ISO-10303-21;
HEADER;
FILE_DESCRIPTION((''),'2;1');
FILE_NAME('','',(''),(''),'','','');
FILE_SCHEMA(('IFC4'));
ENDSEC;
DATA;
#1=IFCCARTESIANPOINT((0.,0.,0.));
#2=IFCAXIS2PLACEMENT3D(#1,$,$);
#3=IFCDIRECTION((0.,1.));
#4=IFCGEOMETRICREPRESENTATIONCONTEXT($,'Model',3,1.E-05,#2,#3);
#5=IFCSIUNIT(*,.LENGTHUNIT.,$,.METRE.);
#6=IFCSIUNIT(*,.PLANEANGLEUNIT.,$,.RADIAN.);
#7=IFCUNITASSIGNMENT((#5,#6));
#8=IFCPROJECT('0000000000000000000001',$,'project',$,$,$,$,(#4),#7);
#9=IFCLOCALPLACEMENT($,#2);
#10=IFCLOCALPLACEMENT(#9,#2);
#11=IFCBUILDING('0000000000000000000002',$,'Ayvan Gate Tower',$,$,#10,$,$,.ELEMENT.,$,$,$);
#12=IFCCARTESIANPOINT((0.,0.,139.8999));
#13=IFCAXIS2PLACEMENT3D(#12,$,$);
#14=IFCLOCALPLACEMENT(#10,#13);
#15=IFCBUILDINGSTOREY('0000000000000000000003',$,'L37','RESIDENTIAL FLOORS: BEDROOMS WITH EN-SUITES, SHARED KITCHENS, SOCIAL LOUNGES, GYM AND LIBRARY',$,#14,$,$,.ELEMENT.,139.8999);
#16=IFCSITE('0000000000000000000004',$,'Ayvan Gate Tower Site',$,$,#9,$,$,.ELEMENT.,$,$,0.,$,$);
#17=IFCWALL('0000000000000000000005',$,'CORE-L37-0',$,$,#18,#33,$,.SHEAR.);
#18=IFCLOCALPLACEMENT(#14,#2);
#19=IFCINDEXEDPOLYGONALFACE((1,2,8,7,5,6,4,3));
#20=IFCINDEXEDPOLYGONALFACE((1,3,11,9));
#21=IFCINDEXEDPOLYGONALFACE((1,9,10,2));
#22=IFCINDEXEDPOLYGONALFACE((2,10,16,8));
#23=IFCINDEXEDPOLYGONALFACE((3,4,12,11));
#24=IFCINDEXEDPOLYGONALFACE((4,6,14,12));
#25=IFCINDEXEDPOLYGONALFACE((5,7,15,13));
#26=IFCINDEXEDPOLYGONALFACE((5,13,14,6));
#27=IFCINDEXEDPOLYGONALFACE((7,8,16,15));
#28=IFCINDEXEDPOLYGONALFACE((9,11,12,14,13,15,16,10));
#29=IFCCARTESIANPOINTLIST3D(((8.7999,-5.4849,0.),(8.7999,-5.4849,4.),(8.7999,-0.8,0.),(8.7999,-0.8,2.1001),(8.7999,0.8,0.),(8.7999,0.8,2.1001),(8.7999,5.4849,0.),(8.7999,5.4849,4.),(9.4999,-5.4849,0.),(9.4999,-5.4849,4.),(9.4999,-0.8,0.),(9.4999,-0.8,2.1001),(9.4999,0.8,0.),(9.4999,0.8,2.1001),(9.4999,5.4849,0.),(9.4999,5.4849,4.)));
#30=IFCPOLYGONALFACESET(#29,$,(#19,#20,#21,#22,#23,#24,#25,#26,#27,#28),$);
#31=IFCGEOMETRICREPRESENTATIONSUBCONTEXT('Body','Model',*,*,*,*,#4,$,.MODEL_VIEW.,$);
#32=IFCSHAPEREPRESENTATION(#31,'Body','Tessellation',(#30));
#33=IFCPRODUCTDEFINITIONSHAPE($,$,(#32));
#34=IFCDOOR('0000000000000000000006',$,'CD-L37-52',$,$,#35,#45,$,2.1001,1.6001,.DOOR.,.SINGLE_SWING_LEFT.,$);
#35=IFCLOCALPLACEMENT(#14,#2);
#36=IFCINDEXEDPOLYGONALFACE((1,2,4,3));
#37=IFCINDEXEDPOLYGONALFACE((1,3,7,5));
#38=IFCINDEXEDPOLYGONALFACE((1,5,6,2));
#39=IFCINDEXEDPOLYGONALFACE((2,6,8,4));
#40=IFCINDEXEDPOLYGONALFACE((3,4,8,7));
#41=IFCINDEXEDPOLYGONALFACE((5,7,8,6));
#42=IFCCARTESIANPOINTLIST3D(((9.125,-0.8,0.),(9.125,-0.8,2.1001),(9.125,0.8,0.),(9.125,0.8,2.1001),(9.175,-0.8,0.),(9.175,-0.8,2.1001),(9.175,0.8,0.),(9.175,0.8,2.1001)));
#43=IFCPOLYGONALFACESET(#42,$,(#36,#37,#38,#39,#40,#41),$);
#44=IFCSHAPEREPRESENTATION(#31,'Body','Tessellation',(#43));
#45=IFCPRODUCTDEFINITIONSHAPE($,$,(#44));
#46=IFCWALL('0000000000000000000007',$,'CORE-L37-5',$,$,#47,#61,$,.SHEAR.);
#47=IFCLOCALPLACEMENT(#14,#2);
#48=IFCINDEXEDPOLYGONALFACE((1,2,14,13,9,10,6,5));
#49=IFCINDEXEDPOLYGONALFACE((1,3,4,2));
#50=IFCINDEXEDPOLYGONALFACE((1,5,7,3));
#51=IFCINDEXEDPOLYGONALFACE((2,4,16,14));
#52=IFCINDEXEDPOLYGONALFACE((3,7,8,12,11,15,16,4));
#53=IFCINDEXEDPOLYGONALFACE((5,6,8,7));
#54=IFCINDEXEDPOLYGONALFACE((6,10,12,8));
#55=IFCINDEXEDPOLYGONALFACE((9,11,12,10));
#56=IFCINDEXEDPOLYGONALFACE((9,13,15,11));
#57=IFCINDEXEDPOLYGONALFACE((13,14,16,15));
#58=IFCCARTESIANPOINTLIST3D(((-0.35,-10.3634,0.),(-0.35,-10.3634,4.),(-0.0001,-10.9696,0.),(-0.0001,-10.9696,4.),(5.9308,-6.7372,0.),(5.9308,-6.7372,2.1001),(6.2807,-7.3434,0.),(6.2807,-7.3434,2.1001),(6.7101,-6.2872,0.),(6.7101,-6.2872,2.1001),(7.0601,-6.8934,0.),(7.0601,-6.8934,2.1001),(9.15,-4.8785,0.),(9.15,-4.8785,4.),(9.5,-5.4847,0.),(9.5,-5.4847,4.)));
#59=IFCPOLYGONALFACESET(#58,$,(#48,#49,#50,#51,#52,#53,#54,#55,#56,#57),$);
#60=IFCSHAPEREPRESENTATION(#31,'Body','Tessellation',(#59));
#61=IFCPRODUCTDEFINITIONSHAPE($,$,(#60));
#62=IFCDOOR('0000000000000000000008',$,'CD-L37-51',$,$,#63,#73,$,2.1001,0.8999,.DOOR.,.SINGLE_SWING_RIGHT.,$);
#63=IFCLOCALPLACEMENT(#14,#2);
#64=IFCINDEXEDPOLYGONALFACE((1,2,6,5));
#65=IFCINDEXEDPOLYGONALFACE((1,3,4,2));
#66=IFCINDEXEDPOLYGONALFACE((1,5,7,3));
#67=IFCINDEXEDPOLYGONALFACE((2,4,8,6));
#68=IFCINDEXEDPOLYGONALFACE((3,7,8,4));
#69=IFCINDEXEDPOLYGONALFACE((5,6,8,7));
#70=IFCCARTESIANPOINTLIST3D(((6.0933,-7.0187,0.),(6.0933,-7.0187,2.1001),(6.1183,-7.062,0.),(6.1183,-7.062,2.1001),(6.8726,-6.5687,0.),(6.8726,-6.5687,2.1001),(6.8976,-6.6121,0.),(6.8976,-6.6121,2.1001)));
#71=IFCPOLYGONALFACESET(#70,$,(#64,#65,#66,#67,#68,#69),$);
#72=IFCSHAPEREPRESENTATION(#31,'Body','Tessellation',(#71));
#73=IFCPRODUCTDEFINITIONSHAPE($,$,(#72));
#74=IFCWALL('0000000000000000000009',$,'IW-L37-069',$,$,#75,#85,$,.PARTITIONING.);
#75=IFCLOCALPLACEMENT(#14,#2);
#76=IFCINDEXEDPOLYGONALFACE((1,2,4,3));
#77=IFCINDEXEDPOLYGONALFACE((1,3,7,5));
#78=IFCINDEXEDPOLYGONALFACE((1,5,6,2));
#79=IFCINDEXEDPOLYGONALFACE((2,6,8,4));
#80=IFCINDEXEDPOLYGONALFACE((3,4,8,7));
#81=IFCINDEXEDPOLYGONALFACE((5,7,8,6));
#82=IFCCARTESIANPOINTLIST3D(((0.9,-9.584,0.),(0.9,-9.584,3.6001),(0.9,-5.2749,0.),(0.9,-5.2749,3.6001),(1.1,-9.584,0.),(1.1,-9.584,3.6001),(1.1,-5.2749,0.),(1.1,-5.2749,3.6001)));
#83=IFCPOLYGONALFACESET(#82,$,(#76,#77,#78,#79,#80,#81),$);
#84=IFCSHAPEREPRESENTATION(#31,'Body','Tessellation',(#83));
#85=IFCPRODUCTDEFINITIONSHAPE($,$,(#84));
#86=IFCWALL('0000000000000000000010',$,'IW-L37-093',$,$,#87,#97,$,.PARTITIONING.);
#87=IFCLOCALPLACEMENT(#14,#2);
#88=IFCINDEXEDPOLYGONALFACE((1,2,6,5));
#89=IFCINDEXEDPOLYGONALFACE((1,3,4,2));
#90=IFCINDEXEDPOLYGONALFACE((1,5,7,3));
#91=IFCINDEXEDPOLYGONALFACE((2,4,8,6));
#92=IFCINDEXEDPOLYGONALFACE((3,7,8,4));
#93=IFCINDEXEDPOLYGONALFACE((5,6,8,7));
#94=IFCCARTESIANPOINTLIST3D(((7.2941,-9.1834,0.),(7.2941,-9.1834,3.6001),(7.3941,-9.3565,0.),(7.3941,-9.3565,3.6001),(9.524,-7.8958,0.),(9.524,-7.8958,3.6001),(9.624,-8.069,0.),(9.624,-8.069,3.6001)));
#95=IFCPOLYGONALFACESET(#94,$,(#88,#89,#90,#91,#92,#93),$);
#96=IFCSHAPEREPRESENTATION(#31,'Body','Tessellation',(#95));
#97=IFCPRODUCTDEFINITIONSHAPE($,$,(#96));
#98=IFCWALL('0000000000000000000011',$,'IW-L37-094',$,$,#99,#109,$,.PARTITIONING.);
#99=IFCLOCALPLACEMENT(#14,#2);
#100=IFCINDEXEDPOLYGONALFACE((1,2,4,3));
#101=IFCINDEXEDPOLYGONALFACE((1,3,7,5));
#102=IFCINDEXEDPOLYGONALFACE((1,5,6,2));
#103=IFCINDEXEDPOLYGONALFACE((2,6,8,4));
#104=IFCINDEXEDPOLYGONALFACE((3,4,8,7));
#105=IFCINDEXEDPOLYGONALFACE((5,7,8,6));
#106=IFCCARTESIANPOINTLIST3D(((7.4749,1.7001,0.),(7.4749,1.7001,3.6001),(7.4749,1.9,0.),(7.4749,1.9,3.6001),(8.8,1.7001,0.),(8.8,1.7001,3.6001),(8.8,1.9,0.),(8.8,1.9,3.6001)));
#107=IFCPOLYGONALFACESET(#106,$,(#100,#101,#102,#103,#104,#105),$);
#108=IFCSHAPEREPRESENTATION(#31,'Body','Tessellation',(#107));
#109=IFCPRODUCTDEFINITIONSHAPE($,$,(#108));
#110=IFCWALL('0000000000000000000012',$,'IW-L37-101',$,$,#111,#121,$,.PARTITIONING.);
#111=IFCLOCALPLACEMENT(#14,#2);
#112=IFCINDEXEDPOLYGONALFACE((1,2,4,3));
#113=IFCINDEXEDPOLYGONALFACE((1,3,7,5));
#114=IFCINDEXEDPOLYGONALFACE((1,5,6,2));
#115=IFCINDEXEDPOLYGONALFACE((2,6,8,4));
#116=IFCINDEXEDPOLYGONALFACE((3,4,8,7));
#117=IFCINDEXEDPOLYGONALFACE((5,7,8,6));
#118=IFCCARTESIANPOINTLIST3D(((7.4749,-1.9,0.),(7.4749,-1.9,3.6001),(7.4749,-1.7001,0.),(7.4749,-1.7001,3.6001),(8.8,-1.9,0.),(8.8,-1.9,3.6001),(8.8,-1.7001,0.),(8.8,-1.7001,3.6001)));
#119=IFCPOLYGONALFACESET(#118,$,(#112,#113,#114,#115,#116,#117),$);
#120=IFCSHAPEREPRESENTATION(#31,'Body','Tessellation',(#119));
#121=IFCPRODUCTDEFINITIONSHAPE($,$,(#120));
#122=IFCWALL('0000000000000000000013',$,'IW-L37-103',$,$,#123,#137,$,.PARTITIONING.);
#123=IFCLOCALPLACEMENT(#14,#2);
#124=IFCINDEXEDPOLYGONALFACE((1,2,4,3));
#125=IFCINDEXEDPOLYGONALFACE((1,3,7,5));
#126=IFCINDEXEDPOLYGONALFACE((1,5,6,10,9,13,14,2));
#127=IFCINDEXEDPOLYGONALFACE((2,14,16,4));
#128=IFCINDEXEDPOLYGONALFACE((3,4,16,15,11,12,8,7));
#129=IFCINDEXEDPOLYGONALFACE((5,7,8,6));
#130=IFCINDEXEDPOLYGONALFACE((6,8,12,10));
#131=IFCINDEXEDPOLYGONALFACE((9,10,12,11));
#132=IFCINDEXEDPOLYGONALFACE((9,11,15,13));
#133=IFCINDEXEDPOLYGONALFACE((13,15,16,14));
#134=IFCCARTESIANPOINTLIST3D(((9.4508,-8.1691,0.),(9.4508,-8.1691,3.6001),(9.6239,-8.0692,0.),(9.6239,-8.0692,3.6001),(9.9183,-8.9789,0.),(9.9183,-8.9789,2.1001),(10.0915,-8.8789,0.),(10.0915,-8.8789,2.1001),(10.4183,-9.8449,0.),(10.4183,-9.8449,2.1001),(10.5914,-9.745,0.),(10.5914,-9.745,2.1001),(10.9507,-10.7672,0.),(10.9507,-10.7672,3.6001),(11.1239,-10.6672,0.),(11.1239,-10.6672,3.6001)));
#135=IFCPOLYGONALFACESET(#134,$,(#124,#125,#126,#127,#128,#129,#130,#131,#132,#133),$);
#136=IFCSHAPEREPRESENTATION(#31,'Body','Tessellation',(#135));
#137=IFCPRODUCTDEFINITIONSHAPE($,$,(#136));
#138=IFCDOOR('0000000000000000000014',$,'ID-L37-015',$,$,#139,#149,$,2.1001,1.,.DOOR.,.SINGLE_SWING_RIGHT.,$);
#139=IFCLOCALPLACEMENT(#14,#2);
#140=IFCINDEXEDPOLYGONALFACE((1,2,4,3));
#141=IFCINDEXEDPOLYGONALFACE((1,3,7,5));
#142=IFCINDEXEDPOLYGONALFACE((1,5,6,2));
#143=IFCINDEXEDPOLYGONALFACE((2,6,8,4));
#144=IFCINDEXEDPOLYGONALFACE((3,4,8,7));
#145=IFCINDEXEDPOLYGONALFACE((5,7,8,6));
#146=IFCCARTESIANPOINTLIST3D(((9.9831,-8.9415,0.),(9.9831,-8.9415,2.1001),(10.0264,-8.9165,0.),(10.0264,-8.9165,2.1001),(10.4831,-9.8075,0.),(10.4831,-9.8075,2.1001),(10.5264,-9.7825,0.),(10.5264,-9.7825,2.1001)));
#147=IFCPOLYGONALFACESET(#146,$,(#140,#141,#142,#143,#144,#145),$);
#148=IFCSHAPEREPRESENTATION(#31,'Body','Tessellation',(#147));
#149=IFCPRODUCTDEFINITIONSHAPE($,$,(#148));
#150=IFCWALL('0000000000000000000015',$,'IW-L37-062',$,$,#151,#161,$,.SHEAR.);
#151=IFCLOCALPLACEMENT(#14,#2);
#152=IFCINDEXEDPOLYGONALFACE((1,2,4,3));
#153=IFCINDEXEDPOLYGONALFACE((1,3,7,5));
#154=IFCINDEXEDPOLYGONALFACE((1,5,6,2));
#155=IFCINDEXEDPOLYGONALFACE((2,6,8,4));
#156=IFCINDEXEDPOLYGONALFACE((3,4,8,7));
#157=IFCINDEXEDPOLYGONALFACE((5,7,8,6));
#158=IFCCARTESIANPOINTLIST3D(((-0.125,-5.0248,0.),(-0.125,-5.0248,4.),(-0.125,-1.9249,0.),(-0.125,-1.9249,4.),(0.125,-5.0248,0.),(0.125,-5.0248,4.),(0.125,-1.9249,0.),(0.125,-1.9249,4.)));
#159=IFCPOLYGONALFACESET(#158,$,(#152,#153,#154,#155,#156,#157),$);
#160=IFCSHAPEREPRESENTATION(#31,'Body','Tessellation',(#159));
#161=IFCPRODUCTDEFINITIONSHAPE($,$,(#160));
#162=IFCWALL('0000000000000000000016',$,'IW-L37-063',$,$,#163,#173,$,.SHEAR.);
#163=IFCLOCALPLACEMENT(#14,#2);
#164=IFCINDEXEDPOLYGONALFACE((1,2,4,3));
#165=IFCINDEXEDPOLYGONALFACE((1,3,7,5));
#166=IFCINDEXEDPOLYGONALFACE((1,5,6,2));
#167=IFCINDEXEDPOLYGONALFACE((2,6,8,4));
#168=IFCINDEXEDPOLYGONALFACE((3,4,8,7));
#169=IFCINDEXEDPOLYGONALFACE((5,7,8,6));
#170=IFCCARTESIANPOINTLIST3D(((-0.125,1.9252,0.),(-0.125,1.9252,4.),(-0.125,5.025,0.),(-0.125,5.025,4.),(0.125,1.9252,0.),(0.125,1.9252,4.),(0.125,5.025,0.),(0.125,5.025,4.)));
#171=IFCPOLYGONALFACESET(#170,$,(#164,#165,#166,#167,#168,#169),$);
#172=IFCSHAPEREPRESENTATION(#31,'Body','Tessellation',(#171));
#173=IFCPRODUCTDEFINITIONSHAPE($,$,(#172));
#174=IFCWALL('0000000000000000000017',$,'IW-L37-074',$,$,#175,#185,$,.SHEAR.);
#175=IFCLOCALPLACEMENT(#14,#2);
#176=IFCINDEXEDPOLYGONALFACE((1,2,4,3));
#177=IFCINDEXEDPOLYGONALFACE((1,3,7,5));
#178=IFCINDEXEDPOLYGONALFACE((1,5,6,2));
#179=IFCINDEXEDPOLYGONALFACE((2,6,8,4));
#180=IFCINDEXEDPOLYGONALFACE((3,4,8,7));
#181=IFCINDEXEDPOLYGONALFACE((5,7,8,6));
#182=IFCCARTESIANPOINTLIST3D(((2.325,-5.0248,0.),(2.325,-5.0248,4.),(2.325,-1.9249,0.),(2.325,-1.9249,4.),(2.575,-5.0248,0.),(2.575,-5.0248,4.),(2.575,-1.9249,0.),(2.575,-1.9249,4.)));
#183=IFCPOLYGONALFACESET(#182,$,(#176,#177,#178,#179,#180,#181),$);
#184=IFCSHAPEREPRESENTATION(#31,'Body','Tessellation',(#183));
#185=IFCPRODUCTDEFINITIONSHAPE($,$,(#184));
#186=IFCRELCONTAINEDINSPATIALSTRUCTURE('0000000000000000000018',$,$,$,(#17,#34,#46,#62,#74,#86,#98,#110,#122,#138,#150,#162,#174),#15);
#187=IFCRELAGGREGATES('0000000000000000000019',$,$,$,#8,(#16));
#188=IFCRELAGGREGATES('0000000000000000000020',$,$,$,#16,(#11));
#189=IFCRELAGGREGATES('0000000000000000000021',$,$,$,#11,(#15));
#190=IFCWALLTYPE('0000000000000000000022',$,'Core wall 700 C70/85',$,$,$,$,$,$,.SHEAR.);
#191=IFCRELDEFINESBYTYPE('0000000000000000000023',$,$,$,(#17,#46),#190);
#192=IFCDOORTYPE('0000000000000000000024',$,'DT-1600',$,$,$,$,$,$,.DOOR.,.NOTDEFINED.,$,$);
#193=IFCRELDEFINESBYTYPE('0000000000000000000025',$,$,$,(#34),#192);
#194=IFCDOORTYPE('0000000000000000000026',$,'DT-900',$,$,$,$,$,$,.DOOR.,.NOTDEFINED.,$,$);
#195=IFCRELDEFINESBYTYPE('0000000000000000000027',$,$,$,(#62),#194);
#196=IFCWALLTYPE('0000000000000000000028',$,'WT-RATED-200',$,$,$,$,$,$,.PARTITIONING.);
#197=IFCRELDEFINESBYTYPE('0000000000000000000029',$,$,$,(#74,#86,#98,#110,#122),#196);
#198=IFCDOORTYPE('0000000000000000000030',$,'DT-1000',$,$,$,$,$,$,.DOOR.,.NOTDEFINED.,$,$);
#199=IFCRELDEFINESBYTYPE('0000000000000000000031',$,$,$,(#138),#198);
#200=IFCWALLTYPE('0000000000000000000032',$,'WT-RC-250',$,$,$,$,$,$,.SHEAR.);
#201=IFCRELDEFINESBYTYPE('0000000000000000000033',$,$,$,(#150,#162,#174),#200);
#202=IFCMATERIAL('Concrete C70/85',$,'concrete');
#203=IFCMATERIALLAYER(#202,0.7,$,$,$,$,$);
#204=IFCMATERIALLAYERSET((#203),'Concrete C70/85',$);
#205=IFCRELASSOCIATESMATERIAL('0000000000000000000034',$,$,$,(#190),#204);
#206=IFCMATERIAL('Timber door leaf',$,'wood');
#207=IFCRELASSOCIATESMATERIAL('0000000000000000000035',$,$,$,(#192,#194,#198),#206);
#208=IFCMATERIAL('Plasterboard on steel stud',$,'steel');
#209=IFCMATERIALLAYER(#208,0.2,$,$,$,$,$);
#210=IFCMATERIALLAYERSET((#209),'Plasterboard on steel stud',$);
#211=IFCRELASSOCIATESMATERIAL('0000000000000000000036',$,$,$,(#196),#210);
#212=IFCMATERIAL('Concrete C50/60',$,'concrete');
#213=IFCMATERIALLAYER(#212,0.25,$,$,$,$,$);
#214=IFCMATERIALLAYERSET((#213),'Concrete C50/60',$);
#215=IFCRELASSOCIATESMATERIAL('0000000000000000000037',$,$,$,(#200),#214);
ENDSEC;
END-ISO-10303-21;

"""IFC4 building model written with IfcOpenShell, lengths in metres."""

from ifc_helpers import new_model, si_unit, direction, frame, frame_2d, origin, place, context, subcontext, project, spatial, rectangle, extrude, material, layer, layer_set, type_object, element, fill, save


model = new_model("IFC4")

# Units and contexts
model_context = context("Model", 3, precision=1e-05, world=origin(), true_north=direction((0.0, 1.0)))
body_context = subcontext(model_context, "Body", "Model", "MODEL_VIEW")
ifc_project = project(units=[si_unit("LENGTHUNIT", "METRE"), si_unit("PLANEANGLEUNIT", "RADIAN")], contexts=[model_context])

# Site, building, storey
site_placement = place(None, origin())
site = spatial("IfcSite", under=ifc_project, at=site_placement, Name="Ayvan Gate Tower Site", CompositionType="ELEMENT", RefElevation=0.0)
building_placement = place(site_placement, origin())
building = spatial("IfcBuilding", under=site, at=building_placement, Name="Ayvan Gate Tower", CompositionType="ELEMENT")
storey_placement = place(building_placement, frame((0.0, 0.0, 139.8999)))
storey = spatial("IfcBuildingStorey", under=building, at=storey_placement, Name="L37", Description="RESIDENTIAL FLOORS: BEDROOMS WITH EN-SUITES, SHARED KITCHENS, SOCIAL LOUNGES, GYM AND LIBRARY", CompositionType="ELEMENT", Elevation=139.8999)

# Walls, openings, doors
ifc_material_1 = material(Name="Concrete C70/85", Category="concrete")
ifc_layer_1 = layer(ifc_material_1, 0.7)
ifc_layer_set_1 = layer_set([ifc_layer_1], Name="Concrete C70/85")
wall_type_1 = type_object("IfcWallType", Name="Core wall 700 C70/85", PredefinedType="SHEAR", material=ifc_layer_set_1)
wall_1_placement = place(storey_placement, frame((9.1499, -5.4849, 0.0), z_axis=(0.0, 0.0, 1.0), x_axis=(0.0, 1.0, 0.0)))
wall_1 = element("IfcWall", 1, at=wall_1_placement, inside=storey, type_object=wall_type_1, Name="CORE-L37-0", PredefinedType="SHEAR", context=body_context, shape_type="SweptSolid", body=[
    extrude(rectangle(XDim=10.9697, YDim=0.7, at=frame_2d((5.4849, 0.0))), origin(), (0.0, 0.0, 1.0), 4.0),
])
opening_1_placement = place(wall_1_placement, frame((4.6848, 0.0, 0.0)))
opening_1 = element("IfcOpeningElement", 2, at=opening_1_placement, cuts=wall_1, PredefinedType="OPENING", context=body_context, shape_type="SweptSolid", body=[
    extrude(rectangle(XDim=1.6001, YDim=2.1001, at=frame_2d((0.8, 1.05))), frame((0.0, 0.3599, 0.0), z_axis=(0.0, -1.0, 0.0), x_axis=(1.0, 0.0, 0.0)), (0.0, 0.0, 1.0), 0.72),
])
ifc_material_2 = material(Name="Timber door leaf", Category="wood")
door_type_1 = type_object("IfcDoorType", Name="DT-1600", OperationType="NOTDEFINED", PredefinedType="DOOR", material=ifc_material_2)
door_1_placement = place(opening_1_placement, origin())
door_1 = element("IfcDoor", 3, at=door_1_placement, inside=storey, type_object=door_type_1, Name="CD-L37-52", OperationType="SINGLE_SWING_LEFT", OverallHeight=2.1001, OverallWidth=1.6001, PredefinedType="DOOR", context=body_context, shape_type="SweptSolid", body=[
    extrude(rectangle(XDim=1.6001, YDim=2.1001, at=frame_2d((0.8, 1.05))), frame((0.0, 0.0249, 0.0), z_axis=(0.0, -1.0, 0.0), x_axis=(1.0, 0.0, 0.0)), (0.0, 0.0, 1.0), 0.05),
])
fill(opening_1, door_1)
wall_2_placement = place(storey_placement, frame((-0.175, -10.6665, 0.0), z_axis=(0.0, 0.0, 1.0), x_axis=(0.866024, 0.500002, 0.0)))
wall_2 = element("IfcWall", 4, at=wall_2_placement, inside=storey, type_object=wall_type_1, Name="CORE-L37-5", PredefinedType="SHEAR", context=body_context, shape_type="SweptSolid", body=[
    extrude(rectangle(XDim=10.9697, YDim=0.7, at=frame_2d((5.4849, 0.0))), origin(), (0.0, 0.0, 1.0), 4.0),
])
opening_2_placement = place(wall_2_placement, frame((7.2524, 0.0, 0.0)))
opening_2 = element("IfcOpeningElement", 5, at=opening_2_placement, cuts=wall_2, PredefinedType="OPENING", context=body_context, shape_type="SweptSolid", body=[
    extrude(rectangle(XDim=0.8999, YDim=2.1001, at=frame_2d((0.45, 1.05))), frame((0.0, 0.3599, 0.0), z_axis=(0.0, -1.0, 0.0), x_axis=(1.0, 0.0, 0.0)), (0.0, 0.0, 1.0), 0.72),
])
door_type_2 = type_object("IfcDoorType", Name="DT-900", OperationType="NOTDEFINED", PredefinedType="DOOR", material=ifc_material_2)
door_2_placement = place(opening_2_placement, origin())
door_2 = element("IfcDoor", 6, at=door_2_placement, inside=storey, type_object=door_type_2, Name="CD-L37-51", OperationType="SINGLE_SWING_RIGHT", OverallHeight=2.1001, OverallWidth=0.8999, PredefinedType="DOOR", context=body_context, shape_type="SweptSolid", body=[
    extrude(rectangle(XDim=0.8999, YDim=2.1001, at=frame_2d((0.45, 1.05))), frame((0.0, 0.0249, 0.0), z_axis=(0.0, -1.0, 0.0), x_axis=(1.0, 0.0, 0.0)), (0.0, 0.0, 1.0), 0.05),
])
fill(opening_2, door_2)

# Walls
ifc_material_3 = material(Name="Plasterboard on steel stud", Category="steel")
ifc_layer_2 = layer(ifc_material_3, 0.2)
ifc_layer_set_2 = layer_set([ifc_layer_2], Name="Plasterboard on steel stud")
wall_type_2 = type_object("IfcWallType", Name="WT-RATED-200", PredefinedType="PARTITIONING", material=ifc_layer_set_2)
wall_3_placement = place(storey_placement, frame((1.0, -5.2749, 0.0), z_axis=(0.0, 0.0, 1.0), x_axis=(0.0, -1.0, 0.0)))
element("IfcWall", 7, at=wall_3_placement, inside=storey, type_object=wall_type_2, Name="IW-L37-069", PredefinedType="PARTITIONING", context=body_context, shape_type="SweptSolid", body=[
    extrude(rectangle(XDim=4.3091, YDim=0.2, at=frame_2d((2.1545, 0.0))), origin(), (0.0, 0.0, 1.0), 3.6001),
])
wall_4_placement = place(storey_placement, frame((7.344, -9.27, 0.0), z_axis=(0.0, 0.0, 1.0), x_axis=(0.866006, 0.500034, 0.0)))
element("IfcWall", 8, at=wall_4_placement, inside=storey, type_object=wall_type_2, Name="IW-L37-093", PredefinedType="PARTITIONING", context=body_context, shape_type="SweptSolid", body=[
    extrude(rectangle(XDim=2.575, YDim=0.2, at=frame_2d((1.2876, 0.0))), origin(), (0.0, 0.0, 1.0), 3.6001),
])
for number, where, z_axis, x_axis, name in (
    (9, (7.4749, 1.8, 0.0), (0.0, 0.0, 1.0), (1.0, 0.0, 0.0), "IW-L37-094"),
    (10, (8.8, -1.8, 0.0), (0.0, 0.0, 1.0), (-1.0, 0.0, 0.0), "IW-L37-101"),
):
    element("IfcWall", number, at=place(storey_placement, frame(where, z_axis=z_axis, x_axis=x_axis)), inside=storey, type_object=wall_type_2, Name=name, PredefinedType="PARTITIONING", context=body_context, shape_type="SweptSolid", body=[
        extrude(rectangle(XDim=1.3252, YDim=0.2, at=frame_2d((0.6626, 0.0))), origin(), (0.0, 0.0, 1.0), 3.6001),
    ])

# Wall, opening, door
wall_5_placement = place(storey_placement, frame((9.5374, -8.1191, 0.0), z_axis=(0.0, 0.0, 1.0), x_axis=(0.49999, -0.866031, 0.0)))
wall_5 = element("IfcWall", 11, at=wall_5_placement, inside=storey, type_object=wall_type_2, Name="IW-L37-103", PredefinedType="PARTITIONING", context=body_context, shape_type="SweptSolid", body=[
    extrude(rectangle(XDim=3.0, YDim=0.2, at=frame_2d((1.5, 0.0))), origin(), (0.0, 0.0, 1.0), 3.6001),
])
opening_3_placement = place(wall_5_placement, frame((0.9351, 0.0, 0.0)))
opening_3 = element("IfcOpeningElement", 12, at=opening_3_placement, cuts=wall_5, PredefinedType="OPENING", context=body_context, shape_type="SweptSolid", body=[
    extrude(rectangle(XDim=1.0, YDim=2.1001, at=frame_2d((0.5, 1.05))), frame((0.0, 0.1099, 0.0), z_axis=(0.0, -1.0, 0.0), x_axis=(1.0, 0.0, 0.0)), (0.0, 0.0, 1.0), 0.22),
])
door_type_3 = type_object("IfcDoorType", Name="DT-1000", OperationType="NOTDEFINED", PredefinedType="DOOR", material=ifc_material_2)
door_3_placement = place(opening_3_placement, origin())
door_3 = element("IfcDoor", 13, at=door_3_placement, inside=storey, type_object=door_type_3, Name="ID-L37-015", OperationType="SINGLE_SWING_RIGHT", OverallHeight=2.1001, OverallWidth=1.0, PredefinedType="DOOR", context=body_context, shape_type="SweptSolid", body=[
    extrude(rectangle(XDim=1.0, YDim=2.1001, at=frame_2d((0.5, 1.05))), frame((0.0, 0.0249, 0.0), z_axis=(0.0, -1.0, 0.0), x_axis=(1.0, 0.0, 0.0)), (0.0, 0.0, 1.0), 0.05),
])
fill(opening_3, door_3)

# Walls
ifc_material_4 = material(Name="Concrete C50/60", Category="concrete")
ifc_layer_3 = layer(ifc_material_4, 0.25)
ifc_layer_set_3 = layer_set([ifc_layer_3], Name="Concrete C50/60")
wall_type_3 = type_object("IfcWallType", Name="WT-RC-250", PredefinedType="SHEAR", material=ifc_layer_set_3)
for number, where, z_axis, x_axis, name in (
    (14, (0.0, -1.925, 0.0), (0.0, 0.0, 1.0), (0.0, -1.0, 0.0), "IW-L37-062"),
    (15, (0.0, 5.0249, 0.0), (0.0, 0.0, 1.0), (0.0, -1.0, 0.0), "IW-L37-063"),
    (16, (2.45, -1.925, 0.0), (0.0, 0.0, 1.0), (0.0, -1.0, 0.0), "IW-L37-074"),
):
    element("IfcWall", number, at=place(storey_placement, frame(where, z_axis=z_axis, x_axis=x_axis)), inside=storey, type_object=wall_type_3, Name=name, PredefinedType="SHEAR", context=body_context, shape_type="SweptSolid", body=[
        extrude(rectangle(XDim=3.0999, YDim=0.25, at=frame_2d((1.5498, 0.0))), origin(), (0.0, 0.0, 1.0), 4.0),
    ])

save(model, "model.ifc")
